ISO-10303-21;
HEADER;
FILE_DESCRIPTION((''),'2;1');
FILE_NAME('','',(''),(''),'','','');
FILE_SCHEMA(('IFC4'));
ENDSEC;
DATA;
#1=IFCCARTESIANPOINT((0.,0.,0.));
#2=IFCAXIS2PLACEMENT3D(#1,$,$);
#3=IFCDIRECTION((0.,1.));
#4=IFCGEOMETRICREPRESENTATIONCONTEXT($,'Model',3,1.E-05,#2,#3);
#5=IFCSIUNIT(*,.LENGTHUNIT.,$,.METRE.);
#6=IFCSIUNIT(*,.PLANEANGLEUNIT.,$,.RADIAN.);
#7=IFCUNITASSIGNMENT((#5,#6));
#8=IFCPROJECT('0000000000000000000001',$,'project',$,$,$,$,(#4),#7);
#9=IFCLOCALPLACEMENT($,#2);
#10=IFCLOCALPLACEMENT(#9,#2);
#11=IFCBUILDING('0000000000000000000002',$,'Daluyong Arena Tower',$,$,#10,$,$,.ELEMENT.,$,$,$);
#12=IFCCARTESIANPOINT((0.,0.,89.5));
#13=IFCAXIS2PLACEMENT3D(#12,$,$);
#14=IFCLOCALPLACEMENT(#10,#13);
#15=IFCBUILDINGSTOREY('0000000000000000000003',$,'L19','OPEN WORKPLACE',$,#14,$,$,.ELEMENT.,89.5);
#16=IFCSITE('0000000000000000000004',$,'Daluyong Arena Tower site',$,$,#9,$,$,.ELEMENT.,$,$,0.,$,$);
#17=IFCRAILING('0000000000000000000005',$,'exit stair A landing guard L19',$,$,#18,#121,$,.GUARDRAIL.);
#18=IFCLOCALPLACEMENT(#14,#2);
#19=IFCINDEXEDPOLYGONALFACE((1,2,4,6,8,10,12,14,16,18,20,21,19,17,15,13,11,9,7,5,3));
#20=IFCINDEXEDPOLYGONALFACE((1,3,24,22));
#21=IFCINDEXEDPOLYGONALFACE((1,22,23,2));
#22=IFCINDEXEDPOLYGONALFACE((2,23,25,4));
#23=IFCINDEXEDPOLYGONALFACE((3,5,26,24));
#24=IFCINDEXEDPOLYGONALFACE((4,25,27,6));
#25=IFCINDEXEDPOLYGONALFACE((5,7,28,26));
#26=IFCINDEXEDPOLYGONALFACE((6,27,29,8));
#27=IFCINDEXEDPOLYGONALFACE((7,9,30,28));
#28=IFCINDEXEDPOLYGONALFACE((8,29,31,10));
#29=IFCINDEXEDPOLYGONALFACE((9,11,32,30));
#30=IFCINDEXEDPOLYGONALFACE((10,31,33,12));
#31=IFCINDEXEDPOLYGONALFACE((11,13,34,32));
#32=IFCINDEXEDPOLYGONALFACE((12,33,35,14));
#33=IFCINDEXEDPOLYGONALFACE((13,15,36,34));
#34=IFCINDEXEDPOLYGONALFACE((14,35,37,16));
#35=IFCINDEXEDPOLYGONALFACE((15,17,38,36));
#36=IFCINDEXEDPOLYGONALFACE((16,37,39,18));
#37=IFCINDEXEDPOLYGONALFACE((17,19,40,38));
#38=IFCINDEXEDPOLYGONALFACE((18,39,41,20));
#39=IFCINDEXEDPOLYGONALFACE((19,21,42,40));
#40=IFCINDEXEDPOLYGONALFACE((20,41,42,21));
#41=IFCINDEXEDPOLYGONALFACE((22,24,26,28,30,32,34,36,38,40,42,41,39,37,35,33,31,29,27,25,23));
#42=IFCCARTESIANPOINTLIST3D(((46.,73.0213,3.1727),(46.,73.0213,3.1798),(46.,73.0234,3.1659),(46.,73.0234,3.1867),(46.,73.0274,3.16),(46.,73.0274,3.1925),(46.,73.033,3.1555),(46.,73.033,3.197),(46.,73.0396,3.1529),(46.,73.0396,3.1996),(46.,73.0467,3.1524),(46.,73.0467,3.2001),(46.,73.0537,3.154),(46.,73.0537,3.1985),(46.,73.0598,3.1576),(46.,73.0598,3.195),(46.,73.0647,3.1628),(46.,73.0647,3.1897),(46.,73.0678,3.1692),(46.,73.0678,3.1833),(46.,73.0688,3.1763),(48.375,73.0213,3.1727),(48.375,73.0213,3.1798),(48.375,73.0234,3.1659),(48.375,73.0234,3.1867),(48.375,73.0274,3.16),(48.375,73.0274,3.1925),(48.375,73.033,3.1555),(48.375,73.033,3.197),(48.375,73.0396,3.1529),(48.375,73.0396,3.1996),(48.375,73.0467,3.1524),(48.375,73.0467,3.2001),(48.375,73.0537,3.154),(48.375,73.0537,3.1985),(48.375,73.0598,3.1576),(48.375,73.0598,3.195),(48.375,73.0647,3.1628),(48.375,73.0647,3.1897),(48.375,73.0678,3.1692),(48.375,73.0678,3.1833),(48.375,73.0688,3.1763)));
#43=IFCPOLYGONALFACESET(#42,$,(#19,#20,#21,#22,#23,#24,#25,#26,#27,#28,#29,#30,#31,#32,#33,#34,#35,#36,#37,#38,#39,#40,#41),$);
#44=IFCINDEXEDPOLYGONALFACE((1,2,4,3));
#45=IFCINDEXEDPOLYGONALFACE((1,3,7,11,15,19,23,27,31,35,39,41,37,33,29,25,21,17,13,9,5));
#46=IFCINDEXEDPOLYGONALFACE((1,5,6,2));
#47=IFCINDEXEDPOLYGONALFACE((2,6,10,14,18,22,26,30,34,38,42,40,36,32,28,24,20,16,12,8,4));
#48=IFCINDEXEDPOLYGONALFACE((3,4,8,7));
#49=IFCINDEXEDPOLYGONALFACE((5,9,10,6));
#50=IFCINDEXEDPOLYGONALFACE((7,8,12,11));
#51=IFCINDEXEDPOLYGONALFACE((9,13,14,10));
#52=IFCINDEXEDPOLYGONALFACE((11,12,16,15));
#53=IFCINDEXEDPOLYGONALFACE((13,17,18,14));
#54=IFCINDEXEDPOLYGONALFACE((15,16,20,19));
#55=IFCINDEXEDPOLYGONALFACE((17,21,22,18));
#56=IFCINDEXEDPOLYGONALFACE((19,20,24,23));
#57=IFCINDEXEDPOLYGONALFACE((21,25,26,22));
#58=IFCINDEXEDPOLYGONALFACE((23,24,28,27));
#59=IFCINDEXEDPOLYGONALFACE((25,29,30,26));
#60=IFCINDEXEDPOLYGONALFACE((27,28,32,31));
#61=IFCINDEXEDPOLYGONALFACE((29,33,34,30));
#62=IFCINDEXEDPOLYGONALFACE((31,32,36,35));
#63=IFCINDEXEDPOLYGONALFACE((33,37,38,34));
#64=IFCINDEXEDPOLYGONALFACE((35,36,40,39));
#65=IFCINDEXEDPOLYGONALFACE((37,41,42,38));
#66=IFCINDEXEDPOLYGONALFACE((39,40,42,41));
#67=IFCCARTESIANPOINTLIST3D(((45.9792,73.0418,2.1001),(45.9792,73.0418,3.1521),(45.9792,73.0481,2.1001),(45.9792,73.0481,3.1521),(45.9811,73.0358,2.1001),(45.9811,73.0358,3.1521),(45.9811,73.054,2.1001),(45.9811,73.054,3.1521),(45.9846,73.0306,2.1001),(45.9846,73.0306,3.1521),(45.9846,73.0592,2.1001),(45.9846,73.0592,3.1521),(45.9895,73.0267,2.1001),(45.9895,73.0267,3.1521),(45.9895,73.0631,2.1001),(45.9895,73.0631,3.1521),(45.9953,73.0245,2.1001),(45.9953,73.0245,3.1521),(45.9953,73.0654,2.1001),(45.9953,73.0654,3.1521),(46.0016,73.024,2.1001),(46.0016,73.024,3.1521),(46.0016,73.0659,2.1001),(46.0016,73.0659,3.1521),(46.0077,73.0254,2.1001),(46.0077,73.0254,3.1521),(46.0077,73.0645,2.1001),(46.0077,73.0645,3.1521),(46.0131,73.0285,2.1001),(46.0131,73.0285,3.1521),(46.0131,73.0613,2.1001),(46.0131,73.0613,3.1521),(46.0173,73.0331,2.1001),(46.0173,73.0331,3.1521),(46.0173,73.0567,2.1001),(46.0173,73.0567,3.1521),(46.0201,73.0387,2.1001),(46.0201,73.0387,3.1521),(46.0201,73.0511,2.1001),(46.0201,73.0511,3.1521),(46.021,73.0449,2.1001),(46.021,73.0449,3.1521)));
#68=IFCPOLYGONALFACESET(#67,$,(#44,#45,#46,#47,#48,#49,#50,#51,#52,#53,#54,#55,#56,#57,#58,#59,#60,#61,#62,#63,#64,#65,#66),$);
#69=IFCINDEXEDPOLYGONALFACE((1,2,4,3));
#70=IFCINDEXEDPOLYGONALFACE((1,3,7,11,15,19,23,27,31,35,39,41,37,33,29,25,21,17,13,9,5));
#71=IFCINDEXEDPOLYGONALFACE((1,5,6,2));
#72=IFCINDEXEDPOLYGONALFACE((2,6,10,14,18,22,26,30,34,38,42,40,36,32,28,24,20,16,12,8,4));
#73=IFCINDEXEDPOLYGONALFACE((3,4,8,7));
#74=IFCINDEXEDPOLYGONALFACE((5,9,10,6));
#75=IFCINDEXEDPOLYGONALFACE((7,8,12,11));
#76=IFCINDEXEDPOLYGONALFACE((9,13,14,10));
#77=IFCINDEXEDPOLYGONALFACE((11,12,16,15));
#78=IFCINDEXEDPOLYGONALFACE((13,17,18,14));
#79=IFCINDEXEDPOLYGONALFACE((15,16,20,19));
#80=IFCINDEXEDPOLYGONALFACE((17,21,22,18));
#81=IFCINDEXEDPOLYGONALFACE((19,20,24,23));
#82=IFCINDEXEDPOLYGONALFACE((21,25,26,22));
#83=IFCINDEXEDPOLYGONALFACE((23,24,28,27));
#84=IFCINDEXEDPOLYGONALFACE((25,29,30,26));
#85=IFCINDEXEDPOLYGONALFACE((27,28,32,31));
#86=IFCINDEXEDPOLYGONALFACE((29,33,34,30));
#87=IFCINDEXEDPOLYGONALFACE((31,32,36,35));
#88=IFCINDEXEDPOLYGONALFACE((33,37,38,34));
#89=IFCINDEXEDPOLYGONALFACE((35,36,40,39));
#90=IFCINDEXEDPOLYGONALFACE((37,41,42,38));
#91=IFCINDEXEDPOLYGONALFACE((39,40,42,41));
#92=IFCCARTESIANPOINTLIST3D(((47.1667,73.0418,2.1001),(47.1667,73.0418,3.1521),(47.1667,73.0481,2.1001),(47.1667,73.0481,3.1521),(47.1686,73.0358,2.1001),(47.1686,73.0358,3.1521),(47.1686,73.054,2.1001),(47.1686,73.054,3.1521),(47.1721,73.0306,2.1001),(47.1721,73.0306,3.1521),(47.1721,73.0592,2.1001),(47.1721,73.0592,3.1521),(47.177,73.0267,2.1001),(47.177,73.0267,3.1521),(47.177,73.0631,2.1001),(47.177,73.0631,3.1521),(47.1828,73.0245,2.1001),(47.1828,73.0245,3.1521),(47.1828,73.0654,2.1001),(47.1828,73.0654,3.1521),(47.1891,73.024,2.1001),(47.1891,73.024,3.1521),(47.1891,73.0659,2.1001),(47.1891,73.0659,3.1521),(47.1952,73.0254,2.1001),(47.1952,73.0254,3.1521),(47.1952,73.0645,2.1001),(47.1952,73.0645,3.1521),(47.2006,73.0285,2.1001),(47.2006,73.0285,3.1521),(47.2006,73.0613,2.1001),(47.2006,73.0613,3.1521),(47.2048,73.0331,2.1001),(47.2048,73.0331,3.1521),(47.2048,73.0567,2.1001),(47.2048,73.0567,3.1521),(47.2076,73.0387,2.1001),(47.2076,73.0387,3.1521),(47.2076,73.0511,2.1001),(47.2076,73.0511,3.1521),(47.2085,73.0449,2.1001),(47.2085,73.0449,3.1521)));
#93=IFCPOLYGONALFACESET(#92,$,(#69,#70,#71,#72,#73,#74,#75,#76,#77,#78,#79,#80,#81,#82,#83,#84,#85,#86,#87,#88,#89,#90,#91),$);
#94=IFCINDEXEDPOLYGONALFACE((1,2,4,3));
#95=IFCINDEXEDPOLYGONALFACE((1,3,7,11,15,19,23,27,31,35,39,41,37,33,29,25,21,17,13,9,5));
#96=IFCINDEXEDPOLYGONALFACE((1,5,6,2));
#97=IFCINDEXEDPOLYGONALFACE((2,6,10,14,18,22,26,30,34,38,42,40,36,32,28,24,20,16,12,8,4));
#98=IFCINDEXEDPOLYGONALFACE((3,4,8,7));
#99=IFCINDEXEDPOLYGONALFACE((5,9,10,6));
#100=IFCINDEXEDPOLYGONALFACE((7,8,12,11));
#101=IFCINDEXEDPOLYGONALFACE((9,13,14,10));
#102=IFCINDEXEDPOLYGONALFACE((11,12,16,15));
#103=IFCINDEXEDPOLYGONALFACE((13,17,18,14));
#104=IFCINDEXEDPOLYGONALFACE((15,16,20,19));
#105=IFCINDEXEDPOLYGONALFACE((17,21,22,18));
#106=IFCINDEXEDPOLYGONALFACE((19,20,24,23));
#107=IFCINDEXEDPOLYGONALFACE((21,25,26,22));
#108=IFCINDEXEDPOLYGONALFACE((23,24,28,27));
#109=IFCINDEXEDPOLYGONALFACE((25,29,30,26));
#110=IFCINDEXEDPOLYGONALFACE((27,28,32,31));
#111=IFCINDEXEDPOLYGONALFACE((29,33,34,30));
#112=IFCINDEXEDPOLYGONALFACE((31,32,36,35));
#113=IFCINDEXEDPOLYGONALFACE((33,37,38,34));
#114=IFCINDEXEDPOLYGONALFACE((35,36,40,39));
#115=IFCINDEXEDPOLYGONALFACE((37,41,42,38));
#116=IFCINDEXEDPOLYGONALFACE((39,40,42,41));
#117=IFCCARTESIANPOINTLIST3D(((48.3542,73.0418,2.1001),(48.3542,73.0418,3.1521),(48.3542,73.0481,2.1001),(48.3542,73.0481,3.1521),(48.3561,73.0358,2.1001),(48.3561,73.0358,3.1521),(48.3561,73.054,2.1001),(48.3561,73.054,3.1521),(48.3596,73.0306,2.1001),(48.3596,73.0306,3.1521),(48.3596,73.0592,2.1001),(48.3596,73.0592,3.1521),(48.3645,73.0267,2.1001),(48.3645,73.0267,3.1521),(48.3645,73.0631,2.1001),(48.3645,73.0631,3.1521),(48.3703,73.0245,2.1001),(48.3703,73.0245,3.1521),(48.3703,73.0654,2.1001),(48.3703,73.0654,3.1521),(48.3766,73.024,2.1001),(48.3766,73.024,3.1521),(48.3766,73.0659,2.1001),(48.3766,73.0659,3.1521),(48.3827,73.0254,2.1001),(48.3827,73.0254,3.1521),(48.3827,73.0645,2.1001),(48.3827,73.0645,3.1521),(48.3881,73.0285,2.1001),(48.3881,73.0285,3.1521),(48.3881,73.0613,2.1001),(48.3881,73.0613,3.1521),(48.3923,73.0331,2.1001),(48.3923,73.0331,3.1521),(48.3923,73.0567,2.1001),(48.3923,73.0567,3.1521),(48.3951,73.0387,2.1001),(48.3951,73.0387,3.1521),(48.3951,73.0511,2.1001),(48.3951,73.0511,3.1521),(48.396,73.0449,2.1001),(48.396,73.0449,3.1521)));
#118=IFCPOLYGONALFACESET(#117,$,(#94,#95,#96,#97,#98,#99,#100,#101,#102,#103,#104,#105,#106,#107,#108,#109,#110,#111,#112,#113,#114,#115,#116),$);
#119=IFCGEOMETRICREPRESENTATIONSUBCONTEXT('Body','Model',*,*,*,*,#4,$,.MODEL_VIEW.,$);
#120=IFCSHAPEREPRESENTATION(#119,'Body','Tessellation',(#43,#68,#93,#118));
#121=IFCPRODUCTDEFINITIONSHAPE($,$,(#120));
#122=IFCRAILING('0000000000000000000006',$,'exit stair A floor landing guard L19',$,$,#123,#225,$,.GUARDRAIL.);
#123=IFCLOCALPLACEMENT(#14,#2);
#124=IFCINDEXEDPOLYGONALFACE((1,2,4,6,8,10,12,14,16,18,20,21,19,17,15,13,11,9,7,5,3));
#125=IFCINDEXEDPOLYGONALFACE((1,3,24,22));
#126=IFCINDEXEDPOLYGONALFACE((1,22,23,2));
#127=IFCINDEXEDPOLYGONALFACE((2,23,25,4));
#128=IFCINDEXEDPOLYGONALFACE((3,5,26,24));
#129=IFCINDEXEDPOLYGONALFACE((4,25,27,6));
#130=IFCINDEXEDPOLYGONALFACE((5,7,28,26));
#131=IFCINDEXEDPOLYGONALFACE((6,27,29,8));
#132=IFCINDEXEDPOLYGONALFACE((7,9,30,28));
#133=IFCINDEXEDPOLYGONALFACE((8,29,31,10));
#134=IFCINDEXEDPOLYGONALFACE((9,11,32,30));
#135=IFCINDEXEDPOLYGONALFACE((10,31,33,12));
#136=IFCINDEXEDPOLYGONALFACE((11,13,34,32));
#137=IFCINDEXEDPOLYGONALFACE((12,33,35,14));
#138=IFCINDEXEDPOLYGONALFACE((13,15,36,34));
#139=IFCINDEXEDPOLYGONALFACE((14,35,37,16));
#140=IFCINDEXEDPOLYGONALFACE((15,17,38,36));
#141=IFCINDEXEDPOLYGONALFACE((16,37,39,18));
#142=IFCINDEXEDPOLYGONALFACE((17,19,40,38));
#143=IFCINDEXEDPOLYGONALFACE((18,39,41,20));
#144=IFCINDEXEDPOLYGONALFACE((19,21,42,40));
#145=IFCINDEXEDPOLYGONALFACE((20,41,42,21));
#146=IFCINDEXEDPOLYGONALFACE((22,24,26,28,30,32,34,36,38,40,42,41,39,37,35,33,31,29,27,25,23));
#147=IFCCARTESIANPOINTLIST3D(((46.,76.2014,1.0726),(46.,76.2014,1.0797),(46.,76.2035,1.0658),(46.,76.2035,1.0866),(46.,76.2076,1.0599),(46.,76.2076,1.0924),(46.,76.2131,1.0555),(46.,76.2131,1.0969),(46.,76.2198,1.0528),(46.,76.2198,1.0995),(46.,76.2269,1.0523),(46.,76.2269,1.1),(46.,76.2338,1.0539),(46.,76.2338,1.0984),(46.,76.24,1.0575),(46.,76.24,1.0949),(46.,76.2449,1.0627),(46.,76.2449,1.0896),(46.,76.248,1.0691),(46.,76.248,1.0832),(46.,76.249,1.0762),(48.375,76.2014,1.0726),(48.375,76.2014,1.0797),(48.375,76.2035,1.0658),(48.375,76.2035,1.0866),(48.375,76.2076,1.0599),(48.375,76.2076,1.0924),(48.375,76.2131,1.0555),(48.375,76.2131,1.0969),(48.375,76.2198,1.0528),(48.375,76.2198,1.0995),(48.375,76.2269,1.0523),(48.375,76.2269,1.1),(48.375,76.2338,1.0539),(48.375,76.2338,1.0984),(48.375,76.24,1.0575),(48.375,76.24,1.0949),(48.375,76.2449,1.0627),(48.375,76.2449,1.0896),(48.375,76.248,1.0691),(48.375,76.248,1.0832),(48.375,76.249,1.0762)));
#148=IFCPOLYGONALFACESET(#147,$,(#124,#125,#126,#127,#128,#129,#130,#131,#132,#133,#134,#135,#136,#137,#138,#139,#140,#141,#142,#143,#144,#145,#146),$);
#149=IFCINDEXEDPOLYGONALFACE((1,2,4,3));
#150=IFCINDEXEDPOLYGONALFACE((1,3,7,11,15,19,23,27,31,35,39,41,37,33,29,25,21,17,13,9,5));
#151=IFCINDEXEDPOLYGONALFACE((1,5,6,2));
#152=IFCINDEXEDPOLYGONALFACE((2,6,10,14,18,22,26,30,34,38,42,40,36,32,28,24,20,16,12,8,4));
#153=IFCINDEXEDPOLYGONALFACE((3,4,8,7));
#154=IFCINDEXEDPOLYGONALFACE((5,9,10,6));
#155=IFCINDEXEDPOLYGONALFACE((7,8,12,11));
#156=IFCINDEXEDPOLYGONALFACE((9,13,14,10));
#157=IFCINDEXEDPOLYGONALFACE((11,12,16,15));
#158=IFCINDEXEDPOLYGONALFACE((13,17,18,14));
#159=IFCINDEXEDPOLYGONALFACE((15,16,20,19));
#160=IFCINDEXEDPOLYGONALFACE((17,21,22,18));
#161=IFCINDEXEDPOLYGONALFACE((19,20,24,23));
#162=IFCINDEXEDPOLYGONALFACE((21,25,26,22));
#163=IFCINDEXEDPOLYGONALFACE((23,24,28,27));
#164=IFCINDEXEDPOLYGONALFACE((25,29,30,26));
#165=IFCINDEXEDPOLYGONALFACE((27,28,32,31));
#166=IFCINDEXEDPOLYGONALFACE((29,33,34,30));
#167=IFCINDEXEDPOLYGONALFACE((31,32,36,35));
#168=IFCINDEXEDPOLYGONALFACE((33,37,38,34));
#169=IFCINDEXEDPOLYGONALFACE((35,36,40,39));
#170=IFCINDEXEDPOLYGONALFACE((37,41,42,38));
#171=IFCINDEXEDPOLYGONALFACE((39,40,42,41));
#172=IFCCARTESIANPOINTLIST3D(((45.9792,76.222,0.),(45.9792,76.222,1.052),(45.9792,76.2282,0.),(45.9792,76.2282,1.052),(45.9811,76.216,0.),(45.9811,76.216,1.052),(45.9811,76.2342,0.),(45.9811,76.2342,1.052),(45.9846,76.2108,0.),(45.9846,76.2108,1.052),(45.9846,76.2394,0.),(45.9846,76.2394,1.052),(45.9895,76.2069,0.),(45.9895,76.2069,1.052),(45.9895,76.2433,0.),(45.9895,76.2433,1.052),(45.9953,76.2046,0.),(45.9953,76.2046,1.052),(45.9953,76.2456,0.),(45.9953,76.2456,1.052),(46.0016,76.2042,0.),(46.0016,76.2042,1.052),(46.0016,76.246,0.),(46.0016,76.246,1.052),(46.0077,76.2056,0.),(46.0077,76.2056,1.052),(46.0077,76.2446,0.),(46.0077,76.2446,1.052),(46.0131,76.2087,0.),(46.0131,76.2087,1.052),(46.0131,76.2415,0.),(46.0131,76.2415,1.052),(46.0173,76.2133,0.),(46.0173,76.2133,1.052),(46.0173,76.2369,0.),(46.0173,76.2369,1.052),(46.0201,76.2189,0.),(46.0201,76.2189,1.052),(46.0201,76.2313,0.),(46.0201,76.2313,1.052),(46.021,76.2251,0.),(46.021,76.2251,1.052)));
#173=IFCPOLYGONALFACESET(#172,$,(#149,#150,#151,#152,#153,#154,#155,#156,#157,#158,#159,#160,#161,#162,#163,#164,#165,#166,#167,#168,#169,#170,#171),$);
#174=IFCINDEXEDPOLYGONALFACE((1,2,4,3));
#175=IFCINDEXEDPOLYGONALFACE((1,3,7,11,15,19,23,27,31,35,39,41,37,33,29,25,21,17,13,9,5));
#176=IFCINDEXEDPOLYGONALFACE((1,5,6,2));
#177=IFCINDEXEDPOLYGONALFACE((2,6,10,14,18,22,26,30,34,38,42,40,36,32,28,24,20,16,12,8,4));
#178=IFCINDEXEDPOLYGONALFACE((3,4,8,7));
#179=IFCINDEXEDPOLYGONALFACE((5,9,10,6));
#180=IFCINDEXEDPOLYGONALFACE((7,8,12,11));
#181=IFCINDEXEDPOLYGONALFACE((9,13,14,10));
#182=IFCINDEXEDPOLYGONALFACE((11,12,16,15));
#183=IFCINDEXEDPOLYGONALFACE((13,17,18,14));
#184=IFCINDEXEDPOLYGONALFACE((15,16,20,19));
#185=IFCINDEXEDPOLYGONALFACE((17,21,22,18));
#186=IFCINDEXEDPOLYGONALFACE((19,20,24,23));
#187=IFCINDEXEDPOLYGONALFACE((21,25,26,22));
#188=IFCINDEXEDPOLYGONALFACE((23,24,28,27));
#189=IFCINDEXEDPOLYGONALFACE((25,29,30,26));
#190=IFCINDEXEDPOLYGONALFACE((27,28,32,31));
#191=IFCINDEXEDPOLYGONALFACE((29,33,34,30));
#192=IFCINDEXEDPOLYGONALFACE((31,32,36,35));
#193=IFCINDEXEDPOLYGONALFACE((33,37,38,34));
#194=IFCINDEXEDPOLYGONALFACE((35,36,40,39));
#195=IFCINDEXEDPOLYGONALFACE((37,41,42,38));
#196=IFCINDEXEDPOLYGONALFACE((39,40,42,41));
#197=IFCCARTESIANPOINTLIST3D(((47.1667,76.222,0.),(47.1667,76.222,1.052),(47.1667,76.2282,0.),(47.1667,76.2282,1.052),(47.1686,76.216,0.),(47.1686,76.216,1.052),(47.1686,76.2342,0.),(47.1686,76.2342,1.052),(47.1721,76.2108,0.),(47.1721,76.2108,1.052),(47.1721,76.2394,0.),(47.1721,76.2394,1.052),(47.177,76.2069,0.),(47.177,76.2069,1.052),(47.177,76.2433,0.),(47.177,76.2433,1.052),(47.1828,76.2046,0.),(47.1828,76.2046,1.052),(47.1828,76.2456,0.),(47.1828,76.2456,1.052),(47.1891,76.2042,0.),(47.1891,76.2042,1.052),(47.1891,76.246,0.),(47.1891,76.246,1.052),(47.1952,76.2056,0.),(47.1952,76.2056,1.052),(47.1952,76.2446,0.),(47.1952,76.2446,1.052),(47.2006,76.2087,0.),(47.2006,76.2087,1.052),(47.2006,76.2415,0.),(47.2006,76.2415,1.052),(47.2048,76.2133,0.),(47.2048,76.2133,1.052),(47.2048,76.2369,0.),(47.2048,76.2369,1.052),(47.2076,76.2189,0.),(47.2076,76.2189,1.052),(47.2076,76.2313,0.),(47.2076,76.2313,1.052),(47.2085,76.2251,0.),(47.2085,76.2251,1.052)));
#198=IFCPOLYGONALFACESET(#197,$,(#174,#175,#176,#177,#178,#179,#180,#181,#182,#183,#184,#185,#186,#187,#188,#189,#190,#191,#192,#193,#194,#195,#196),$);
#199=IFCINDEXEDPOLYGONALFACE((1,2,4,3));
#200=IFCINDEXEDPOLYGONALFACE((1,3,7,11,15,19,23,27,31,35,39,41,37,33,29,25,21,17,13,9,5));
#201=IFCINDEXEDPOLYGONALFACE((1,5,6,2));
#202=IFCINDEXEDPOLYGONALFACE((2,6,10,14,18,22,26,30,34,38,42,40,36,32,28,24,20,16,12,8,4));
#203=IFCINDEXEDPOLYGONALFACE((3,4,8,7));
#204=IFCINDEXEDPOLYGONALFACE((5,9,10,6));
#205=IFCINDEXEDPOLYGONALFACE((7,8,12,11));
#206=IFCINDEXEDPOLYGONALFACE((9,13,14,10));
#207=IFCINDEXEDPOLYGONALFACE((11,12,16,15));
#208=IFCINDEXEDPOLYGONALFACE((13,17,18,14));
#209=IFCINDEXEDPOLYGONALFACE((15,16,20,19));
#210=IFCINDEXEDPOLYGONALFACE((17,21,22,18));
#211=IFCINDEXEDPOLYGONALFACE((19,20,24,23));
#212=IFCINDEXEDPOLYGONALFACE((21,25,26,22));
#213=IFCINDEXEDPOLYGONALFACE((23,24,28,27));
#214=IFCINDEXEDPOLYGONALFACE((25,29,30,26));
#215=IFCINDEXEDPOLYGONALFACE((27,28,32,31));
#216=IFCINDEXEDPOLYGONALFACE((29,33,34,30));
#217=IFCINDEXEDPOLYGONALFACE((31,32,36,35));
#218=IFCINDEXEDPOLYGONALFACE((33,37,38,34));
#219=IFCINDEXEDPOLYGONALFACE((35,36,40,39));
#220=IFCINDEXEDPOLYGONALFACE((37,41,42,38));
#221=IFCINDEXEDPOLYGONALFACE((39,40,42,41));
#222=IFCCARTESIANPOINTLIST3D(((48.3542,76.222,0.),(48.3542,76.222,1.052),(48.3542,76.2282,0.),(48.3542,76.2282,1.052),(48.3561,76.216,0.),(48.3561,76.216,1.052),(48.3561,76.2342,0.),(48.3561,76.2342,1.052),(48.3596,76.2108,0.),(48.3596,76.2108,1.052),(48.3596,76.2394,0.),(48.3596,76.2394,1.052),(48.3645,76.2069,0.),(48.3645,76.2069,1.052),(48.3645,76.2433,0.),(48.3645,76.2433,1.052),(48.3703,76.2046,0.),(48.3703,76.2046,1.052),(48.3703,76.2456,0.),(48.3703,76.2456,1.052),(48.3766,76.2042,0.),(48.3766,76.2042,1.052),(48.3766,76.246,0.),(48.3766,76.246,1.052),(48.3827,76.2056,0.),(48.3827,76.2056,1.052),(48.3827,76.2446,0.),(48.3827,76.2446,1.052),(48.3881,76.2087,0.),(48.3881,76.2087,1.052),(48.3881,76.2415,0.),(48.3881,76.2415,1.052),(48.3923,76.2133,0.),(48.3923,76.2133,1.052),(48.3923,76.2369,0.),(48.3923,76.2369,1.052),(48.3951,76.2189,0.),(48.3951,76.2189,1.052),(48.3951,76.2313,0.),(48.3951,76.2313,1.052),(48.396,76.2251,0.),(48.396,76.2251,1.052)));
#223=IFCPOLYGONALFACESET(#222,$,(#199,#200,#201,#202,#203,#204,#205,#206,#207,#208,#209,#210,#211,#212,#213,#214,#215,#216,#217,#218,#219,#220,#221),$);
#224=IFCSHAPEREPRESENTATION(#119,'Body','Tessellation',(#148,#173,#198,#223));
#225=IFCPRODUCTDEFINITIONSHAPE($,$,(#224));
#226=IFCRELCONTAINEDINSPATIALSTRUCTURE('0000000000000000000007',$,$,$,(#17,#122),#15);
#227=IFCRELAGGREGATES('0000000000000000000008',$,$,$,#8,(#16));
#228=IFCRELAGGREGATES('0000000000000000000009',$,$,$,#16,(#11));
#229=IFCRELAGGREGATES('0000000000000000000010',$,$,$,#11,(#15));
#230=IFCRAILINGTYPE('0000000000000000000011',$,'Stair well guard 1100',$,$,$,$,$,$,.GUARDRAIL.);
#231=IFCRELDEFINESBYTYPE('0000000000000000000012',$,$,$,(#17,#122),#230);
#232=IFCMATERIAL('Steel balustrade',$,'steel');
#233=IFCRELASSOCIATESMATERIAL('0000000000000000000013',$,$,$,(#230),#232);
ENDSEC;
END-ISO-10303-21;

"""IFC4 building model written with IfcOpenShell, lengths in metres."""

from ifc_helpers import new_model, si_unit, direction, frame, origin, origin_2d, place, context, subcontext, project, spatial, circle, extrude, material, type_object, element, save


model = new_model("IFC4")

# Units and contexts
model_context = context("Model", 3, precision=1e-05, world=origin(), true_north=direction((0.0, 1.0)))
body_context = subcontext(model_context, "Body", "Model", "MODEL_VIEW")
ifc_project = project(units=[si_unit("LENGTHUNIT", "METRE"), si_unit("PLANEANGLEUNIT", "RADIAN")], contexts=[model_context])

# Site, building, storey
site_placement = place(None, origin())
site = spatial("IfcSite", under=ifc_project, at=site_placement, Name="Daluyong Arena Tower site", CompositionType="ELEMENT", RefElevation=0.0)
building_placement = place(site_placement, origin())
building = spatial("IfcBuilding", under=site, at=building_placement, Name="Daluyong Arena Tower", CompositionType="ELEMENT")
storey_placement = place(building_placement, frame((0.0, 0.0, 89.5)))
storey = spatial("IfcBuildingStorey", under=building, at=storey_placement, Name="L19", Description="OPEN WORKPLACE", CompositionType="ELEMENT", Elevation=89.5)

# Railings
ifc_material_1 = material(Name="Steel balustrade", Category="steel")
railing_type_1 = type_object("IfcRailingType", Name="Stair well guard 1100", PredefinedType="GUARDRAIL", material=ifc_material_1)
for number, where, name in (
    (1, (46.0, 73.0449, 2.1001), "exit stair A landing guard L19"),
    (2, (46.0, 76.2251, 0.0), "exit stair A floor landing guard L19"),
):
    element("IfcRailing", number, at=place(storey_placement, frame(where)), inside=storey, type_object=railing_type_1, Name=name, PredefinedType="GUARDRAIL", context=body_context, shape_type="SweptSolid", body=[
        extrude(circle(Radius=0.0239, at=origin_2d()), frame((0.0, 0.0, 1.0762), z_axis=(1.0, 0.0, 0.0), x_axis=(0.0, 1.0, 0.0)), (0.0, 0.0, 1.0), 2.375),
        extrude(circle(Radius=0.021, at=origin_2d()), origin(), (0.0, 0.0, 1.0), 1.052),
        extrude(circle(Radius=0.021, at=origin_2d()), frame((1.1875, 0.0, 0.0)), (0.0, 0.0, 1.0), 1.052),
        extrude(circle(Radius=0.021, at=origin_2d()), frame((2.375, 0.0, 0.0)), (0.0, 0.0, 1.0), 1.052),
    ])

save(model, "model.ifc")
